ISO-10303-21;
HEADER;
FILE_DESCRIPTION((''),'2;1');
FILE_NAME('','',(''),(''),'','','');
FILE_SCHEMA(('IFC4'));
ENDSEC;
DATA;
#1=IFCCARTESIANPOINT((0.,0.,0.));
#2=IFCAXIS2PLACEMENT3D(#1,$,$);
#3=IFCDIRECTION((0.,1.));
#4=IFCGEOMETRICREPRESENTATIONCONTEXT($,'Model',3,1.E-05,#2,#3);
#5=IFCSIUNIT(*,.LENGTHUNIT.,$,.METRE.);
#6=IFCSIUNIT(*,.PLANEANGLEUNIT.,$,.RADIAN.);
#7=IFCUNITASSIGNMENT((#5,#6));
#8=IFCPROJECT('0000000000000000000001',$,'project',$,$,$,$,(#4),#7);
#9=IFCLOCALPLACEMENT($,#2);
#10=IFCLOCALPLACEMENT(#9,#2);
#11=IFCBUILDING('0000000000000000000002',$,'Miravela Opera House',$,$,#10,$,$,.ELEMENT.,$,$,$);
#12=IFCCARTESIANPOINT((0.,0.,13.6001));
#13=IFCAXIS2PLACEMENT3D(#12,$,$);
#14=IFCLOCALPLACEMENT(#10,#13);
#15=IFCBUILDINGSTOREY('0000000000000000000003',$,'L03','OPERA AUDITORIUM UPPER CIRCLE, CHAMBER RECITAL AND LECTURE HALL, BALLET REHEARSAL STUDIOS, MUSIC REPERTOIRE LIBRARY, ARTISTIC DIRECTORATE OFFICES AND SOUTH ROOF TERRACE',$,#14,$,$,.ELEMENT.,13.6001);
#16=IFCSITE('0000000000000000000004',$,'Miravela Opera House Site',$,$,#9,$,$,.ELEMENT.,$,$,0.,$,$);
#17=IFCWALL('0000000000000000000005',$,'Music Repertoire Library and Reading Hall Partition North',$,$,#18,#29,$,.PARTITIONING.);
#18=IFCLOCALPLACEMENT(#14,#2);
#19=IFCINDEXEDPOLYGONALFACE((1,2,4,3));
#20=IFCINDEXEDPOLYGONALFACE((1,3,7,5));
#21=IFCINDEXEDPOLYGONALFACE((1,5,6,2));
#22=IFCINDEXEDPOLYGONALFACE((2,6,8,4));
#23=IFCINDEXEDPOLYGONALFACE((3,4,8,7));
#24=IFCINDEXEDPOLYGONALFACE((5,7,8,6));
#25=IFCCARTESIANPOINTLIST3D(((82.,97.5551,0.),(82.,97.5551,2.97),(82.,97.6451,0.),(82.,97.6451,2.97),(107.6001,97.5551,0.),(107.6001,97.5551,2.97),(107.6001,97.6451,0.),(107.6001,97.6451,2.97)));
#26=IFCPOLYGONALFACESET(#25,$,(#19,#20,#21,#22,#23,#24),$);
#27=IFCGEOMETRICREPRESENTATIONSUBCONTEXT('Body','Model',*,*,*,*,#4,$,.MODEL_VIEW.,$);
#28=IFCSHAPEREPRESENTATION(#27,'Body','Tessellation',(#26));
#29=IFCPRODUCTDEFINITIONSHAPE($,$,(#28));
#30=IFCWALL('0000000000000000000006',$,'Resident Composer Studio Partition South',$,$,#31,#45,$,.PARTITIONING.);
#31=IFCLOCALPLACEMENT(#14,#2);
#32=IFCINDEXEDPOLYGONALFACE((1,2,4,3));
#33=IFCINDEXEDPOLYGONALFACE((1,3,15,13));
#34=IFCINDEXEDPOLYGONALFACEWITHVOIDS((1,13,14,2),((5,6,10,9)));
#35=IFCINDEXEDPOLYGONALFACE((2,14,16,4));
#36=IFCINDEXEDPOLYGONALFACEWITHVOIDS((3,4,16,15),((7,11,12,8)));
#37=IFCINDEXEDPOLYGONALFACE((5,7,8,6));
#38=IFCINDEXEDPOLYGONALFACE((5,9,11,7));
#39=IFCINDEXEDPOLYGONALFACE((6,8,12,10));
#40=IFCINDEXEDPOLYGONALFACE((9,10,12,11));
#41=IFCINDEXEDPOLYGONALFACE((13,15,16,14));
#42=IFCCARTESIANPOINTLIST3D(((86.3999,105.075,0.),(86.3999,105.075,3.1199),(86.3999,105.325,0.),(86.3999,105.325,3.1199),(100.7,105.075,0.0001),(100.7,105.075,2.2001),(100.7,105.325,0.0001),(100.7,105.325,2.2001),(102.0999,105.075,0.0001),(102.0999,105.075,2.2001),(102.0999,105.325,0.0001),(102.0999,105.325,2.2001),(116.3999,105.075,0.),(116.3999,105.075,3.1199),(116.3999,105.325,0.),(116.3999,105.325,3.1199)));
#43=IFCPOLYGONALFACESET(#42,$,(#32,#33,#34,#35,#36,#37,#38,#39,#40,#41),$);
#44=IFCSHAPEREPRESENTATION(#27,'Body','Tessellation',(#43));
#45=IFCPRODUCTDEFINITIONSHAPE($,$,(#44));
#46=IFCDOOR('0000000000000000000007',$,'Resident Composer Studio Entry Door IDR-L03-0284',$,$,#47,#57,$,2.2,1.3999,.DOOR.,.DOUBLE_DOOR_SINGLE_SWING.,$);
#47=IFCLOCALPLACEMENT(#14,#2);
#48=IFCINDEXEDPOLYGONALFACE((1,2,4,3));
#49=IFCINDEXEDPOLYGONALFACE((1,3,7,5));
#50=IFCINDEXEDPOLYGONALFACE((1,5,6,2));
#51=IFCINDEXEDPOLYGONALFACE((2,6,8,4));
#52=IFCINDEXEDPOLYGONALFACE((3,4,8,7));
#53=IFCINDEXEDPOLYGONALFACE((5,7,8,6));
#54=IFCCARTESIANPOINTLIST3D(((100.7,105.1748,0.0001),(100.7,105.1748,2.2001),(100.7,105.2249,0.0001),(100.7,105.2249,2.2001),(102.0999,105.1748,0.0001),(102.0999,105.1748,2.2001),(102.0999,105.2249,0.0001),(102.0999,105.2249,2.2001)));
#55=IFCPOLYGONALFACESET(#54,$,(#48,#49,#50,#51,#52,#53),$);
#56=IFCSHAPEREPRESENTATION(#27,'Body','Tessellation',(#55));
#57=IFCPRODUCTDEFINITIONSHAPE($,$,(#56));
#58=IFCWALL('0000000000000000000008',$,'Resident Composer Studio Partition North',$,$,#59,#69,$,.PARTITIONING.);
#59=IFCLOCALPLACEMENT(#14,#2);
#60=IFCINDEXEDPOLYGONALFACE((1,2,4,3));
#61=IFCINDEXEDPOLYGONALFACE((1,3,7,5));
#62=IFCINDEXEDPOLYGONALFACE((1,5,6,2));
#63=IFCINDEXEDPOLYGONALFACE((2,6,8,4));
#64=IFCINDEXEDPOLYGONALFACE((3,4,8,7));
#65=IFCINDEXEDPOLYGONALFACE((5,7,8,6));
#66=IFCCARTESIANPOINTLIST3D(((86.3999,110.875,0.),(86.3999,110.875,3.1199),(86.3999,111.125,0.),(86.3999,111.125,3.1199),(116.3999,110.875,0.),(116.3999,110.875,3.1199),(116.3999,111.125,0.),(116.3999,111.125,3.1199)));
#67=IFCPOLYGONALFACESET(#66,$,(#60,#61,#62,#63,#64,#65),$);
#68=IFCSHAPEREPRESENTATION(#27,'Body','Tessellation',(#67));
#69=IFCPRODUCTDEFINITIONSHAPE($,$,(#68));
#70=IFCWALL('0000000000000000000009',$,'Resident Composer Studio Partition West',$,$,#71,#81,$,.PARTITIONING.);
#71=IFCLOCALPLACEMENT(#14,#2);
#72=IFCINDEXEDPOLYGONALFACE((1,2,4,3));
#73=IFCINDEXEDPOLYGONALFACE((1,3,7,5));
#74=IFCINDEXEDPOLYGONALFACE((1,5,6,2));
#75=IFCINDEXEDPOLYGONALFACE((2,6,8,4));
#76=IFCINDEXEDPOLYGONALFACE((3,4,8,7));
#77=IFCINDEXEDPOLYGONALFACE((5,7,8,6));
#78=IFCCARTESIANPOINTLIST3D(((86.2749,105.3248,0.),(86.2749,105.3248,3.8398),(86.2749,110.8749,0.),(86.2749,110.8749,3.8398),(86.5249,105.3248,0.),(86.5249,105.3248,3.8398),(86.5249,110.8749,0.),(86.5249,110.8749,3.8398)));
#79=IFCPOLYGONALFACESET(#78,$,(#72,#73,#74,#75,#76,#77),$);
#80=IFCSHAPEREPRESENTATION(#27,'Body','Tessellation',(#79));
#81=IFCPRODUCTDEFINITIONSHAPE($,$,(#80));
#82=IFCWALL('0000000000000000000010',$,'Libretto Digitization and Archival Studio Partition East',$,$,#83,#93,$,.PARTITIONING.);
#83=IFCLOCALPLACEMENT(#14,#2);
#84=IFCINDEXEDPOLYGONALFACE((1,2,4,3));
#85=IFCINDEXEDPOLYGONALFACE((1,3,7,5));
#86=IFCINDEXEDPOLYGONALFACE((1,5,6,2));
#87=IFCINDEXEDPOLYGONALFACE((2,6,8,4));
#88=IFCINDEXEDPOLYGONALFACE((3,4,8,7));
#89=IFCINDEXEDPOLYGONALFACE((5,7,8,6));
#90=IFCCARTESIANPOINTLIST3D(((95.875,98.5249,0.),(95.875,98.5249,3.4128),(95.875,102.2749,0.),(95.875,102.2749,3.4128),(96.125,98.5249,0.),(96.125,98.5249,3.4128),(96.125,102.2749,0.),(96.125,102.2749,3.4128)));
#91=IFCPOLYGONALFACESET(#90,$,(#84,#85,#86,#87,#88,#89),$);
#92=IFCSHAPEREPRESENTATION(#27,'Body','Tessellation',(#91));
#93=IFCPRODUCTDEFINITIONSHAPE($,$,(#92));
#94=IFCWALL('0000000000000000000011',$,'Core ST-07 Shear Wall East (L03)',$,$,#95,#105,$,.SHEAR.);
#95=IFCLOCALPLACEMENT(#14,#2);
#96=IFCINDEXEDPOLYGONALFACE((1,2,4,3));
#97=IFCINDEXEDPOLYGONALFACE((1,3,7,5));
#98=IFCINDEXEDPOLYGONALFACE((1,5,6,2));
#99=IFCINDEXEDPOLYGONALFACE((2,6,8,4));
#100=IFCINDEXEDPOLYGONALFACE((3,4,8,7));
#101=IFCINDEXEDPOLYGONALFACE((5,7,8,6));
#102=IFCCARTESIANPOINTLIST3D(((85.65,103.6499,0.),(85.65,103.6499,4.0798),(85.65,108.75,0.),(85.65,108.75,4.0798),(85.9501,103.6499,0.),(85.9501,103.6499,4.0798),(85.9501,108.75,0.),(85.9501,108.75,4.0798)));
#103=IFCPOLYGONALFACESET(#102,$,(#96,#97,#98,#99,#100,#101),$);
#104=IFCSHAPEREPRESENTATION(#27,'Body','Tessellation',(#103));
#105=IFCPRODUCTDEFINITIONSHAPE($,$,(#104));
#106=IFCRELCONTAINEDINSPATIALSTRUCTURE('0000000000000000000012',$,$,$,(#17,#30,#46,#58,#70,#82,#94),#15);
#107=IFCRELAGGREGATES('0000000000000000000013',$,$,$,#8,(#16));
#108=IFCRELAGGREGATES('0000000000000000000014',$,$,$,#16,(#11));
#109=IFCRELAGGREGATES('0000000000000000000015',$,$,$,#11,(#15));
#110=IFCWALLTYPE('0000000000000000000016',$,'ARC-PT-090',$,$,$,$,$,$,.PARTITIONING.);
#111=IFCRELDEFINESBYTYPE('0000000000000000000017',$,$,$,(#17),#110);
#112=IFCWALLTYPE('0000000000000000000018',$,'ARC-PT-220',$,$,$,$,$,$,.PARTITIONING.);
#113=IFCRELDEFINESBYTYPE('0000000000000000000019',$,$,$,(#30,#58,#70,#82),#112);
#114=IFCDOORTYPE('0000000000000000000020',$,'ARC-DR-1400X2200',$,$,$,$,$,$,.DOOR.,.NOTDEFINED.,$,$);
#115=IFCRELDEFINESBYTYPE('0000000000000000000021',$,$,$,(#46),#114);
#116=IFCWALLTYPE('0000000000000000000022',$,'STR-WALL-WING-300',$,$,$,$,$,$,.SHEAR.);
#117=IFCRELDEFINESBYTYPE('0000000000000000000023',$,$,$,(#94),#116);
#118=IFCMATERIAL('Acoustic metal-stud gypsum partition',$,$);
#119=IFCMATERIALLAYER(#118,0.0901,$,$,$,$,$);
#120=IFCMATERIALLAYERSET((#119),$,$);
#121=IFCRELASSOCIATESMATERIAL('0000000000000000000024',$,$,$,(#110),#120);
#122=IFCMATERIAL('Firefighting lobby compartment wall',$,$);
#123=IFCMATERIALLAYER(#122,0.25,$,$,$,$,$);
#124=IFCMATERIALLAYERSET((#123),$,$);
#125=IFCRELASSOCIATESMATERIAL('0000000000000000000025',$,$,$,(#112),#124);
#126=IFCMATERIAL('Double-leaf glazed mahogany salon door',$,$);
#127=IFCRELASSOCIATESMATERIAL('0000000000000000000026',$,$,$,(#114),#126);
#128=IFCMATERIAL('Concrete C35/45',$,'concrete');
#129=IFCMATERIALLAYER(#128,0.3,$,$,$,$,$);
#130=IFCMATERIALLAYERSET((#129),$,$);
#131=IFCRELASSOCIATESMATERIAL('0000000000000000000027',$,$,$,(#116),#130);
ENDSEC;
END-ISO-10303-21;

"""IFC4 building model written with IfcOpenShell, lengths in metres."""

from ifc_helpers import new_model, si_unit, direction, frame, frame_2d, origin, place, context, subcontext, project, spatial, rectangle, extrude, material, layer, layer_set, type_object, element, fill, save


model = new_model("IFC4")

# Units and contexts
model_context = context("Model", 3, precision=1e-05, world=origin(), true_north=direction((0.0, 1.0)))
body_context = subcontext(model_context, "Body", "Model", "MODEL_VIEW")
ifc_project = project(units=[si_unit("LENGTHUNIT", "METRE"), si_unit("PLANEANGLEUNIT", "RADIAN")], contexts=[model_context])

# Site, building, storey
site_placement = place(None, origin())
site = spatial("IfcSite", under=ifc_project, at=site_placement, Name="Miravela Opera House Site", CompositionType="ELEMENT", RefElevation=0.0)
building_placement = place(site_placement, origin())
building = spatial("IfcBuilding", under=site, at=building_placement, Name="Miravela Opera House", CompositionType="ELEMENT")
storey_placement = place(building_placement, frame((0.0, 0.0, 13.6001)))
storey = spatial("IfcBuildingStorey", under=building, at=storey_placement, Name="L03", Description="OPERA AUDITORIUM UPPER CIRCLE, CHAMBER RECITAL AND LECTURE HALL, BALLET REHEARSAL STUDIOS, MUSIC REPERTOIRE LIBRARY, ARTISTIC DIRECTORATE OFFICES AND SOUTH ROOF TERRACE", CompositionType="ELEMENT", Elevation=13.6001)

# Shared definitions
ifc_material_1 = material(Name="Concrete C35/45", Category="concrete")

# Wall
ifc_material_2 = material(Name="Acoustic metal-stud gypsum partition")
ifc_layer_1 = layer(ifc_material_2, 0.0901)
ifc_layer_set_1 = layer_set([ifc_layer_1])
wall_type_1 = type_object("IfcWallType", Name="ARC-PT-090", PredefinedType="PARTITIONING", material=ifc_layer_set_1)
wall_1_placement = place(storey_placement, frame((82.0, 97.6001, 0.0), z_axis=(0.0, 0.0, 1.0), x_axis=(1.0, 0.0, 0.0)))
element("IfcWall", 1, at=wall_1_placement, inside=storey, type_object=wall_type_1, Name="Music Repertoire Library and Reading Hall Partition North", PredefinedType="PARTITIONING", context=body_context, shape_type="SweptSolid", body=[
    extrude(rectangle(XDim=25.6001, YDim=0.0901, at=frame_2d((12.8, 0.0))), origin(), (0.0, 0.0, 1.0), 2.97),
])

# Wall, opening, door
ifc_material_3 = material(Name="Firefighting lobby compartment wall")
ifc_layer_2 = layer(ifc_material_3, 0.25)
ifc_layer_set_2 = layer_set([ifc_layer_2])
wall_type_2 = type_object("IfcWallType", Name="ARC-PT-220", PredefinedType="PARTITIONING", material=ifc_layer_set_2)
wall_2_placement = place(storey_placement, frame((86.3999, 105.2, 0.0), z_axis=(0.0, 0.0, 1.0), x_axis=(1.0, 0.0, 0.0)))
wall_2 = element("IfcWall", 2, at=wall_2_placement, inside=storey, type_object=wall_type_2, Name="Resident Composer Studio Partition South", PredefinedType="PARTITIONING", context=body_context, shape_type="SweptSolid", body=[
    extrude(rectangle(XDim=30.0, YDim=0.25, at=frame_2d((15.0, 0.0))), origin(), (0.0, 0.0, 1.0), 3.1199),
])
opening_1_placement = place(wall_2_placement, frame((14.3, 0.0, 0.0)))
opening_1 = element("IfcOpeningElement", 3, at=opening_1_placement, cuts=wall_2, PredefinedType="OPENING", context=body_context, shape_type="SweptSolid", body=[
    extrude(rectangle(XDim=1.3999, YDim=2.2, at=frame_2d((0.7, 1.1001))), frame((0.0, 0.135, 0.0), z_axis=(0.0, -1.0, 0.0), x_axis=(1.0, 0.0, 0.0)), (0.0, 0.0, 1.0), 0.27),
])
ifc_material_4 = material(Name="Double-leaf glazed mahogany salon door")
door_type = type_object("IfcDoorType", Name="ARC-DR-1400X2200", OperationType="NOTDEFINED", PredefinedType="DOOR", material=ifc_material_4)
door_placement = place(opening_1_placement, origin())
door = element("IfcDoor", 4, at=door_placement, inside=storey, type_object=door_type, Name="Resident Composer Studio Entry Door IDR-L03-0284", OperationType="DOUBLE_DOOR_SINGLE_SWING", OverallHeight=2.2, OverallWidth=1.3999, PredefinedType="DOOR", context=body_context, shape_type="SweptSolid", body=[
    extrude(rectangle(XDim=1.3999, YDim=2.2, at=frame_2d((0.7, 1.1001))), frame((0.0, 0.0249, 0.0), z_axis=(0.0, -1.0, 0.0), x_axis=(1.0, 0.0, 0.0)), (0.0, 0.0, 1.0), 0.05),
])
fill(opening_1, door)

# Walls
wall_3_placement = place(storey_placement, frame((86.3999, 111.0, 0.0), z_axis=(0.0, 0.0, 1.0), x_axis=(1.0, 0.0, 0.0)))
element("IfcWall", 5, at=wall_3_placement, inside=storey, type_object=wall_type_2, Name="Resident Composer Studio Partition North", PredefinedType="PARTITIONING", context=body_context, shape_type="SweptSolid", body=[
    extrude(rectangle(XDim=30.0, YDim=0.25, at=frame_2d((15.0, 0.0))), origin(), (0.0, 0.0, 1.0), 3.1199),
])
wall_4_placement = place(storey_placement, frame((86.3999, 105.325, 0.0), z_axis=(0.0, 0.0, 1.0), x_axis=(0.0, 1.0, 0.0)))
element("IfcWall", 6, at=wall_4_placement, inside=storey, type_object=wall_type_2, Name="Resident Composer Studio Partition West", PredefinedType="PARTITIONING", context=body_context, shape_type="SweptSolid", body=[
    extrude(rectangle(XDim=5.55, YDim=0.25, at=frame_2d((2.7749, 0.0))), origin(), (0.0, 0.0, 1.0), 3.8398),
])
wall_5_placement = place(storey_placement, frame((96.0, 98.5249, 0.0), z_axis=(0.0, 0.0, 1.0), x_axis=(0.0, 1.0, 0.0)))
element("IfcWall", 7, at=wall_5_placement, inside=storey, type_object=wall_type_2, Name="Libretto Digitization and Archival Studio Partition East", PredefinedType="PARTITIONING", context=body_context, shape_type="SweptSolid", body=[
    extrude(rectangle(XDim=3.75, YDim=0.25, at=frame_2d((1.875, 0.0))), origin(), (0.0, 0.0, 1.0), 3.4128),
])
ifc_layer_3 = layer(ifc_material_1, 0.3)
ifc_layer_set_3 = layer_set([ifc_layer_3])
wall_type_3 = type_object("IfcWallType", Name="STR-WALL-WING-300", PredefinedType="SHEAR", material=ifc_layer_set_3)
wall_6_placement = place(storey_placement, frame((85.8, 103.6499, 0.0), z_axis=(0.0, 0.0, 1.0), x_axis=(0.0, 1.0, 0.0)))
element("IfcWall", 8, at=wall_6_placement, inside=storey, type_object=wall_type_3, Name="Core ST-07 Shear Wall East (L03)", PredefinedType="SHEAR", context=body_context, shape_type="SweptSolid", body=[
    extrude(rectangle(XDim=5.1001, YDim=0.3, at=frame_2d((2.55, 0.0))), origin(), (0.0, 0.0, 1.0), 4.0798),
])

save(model, "model.ifc")
